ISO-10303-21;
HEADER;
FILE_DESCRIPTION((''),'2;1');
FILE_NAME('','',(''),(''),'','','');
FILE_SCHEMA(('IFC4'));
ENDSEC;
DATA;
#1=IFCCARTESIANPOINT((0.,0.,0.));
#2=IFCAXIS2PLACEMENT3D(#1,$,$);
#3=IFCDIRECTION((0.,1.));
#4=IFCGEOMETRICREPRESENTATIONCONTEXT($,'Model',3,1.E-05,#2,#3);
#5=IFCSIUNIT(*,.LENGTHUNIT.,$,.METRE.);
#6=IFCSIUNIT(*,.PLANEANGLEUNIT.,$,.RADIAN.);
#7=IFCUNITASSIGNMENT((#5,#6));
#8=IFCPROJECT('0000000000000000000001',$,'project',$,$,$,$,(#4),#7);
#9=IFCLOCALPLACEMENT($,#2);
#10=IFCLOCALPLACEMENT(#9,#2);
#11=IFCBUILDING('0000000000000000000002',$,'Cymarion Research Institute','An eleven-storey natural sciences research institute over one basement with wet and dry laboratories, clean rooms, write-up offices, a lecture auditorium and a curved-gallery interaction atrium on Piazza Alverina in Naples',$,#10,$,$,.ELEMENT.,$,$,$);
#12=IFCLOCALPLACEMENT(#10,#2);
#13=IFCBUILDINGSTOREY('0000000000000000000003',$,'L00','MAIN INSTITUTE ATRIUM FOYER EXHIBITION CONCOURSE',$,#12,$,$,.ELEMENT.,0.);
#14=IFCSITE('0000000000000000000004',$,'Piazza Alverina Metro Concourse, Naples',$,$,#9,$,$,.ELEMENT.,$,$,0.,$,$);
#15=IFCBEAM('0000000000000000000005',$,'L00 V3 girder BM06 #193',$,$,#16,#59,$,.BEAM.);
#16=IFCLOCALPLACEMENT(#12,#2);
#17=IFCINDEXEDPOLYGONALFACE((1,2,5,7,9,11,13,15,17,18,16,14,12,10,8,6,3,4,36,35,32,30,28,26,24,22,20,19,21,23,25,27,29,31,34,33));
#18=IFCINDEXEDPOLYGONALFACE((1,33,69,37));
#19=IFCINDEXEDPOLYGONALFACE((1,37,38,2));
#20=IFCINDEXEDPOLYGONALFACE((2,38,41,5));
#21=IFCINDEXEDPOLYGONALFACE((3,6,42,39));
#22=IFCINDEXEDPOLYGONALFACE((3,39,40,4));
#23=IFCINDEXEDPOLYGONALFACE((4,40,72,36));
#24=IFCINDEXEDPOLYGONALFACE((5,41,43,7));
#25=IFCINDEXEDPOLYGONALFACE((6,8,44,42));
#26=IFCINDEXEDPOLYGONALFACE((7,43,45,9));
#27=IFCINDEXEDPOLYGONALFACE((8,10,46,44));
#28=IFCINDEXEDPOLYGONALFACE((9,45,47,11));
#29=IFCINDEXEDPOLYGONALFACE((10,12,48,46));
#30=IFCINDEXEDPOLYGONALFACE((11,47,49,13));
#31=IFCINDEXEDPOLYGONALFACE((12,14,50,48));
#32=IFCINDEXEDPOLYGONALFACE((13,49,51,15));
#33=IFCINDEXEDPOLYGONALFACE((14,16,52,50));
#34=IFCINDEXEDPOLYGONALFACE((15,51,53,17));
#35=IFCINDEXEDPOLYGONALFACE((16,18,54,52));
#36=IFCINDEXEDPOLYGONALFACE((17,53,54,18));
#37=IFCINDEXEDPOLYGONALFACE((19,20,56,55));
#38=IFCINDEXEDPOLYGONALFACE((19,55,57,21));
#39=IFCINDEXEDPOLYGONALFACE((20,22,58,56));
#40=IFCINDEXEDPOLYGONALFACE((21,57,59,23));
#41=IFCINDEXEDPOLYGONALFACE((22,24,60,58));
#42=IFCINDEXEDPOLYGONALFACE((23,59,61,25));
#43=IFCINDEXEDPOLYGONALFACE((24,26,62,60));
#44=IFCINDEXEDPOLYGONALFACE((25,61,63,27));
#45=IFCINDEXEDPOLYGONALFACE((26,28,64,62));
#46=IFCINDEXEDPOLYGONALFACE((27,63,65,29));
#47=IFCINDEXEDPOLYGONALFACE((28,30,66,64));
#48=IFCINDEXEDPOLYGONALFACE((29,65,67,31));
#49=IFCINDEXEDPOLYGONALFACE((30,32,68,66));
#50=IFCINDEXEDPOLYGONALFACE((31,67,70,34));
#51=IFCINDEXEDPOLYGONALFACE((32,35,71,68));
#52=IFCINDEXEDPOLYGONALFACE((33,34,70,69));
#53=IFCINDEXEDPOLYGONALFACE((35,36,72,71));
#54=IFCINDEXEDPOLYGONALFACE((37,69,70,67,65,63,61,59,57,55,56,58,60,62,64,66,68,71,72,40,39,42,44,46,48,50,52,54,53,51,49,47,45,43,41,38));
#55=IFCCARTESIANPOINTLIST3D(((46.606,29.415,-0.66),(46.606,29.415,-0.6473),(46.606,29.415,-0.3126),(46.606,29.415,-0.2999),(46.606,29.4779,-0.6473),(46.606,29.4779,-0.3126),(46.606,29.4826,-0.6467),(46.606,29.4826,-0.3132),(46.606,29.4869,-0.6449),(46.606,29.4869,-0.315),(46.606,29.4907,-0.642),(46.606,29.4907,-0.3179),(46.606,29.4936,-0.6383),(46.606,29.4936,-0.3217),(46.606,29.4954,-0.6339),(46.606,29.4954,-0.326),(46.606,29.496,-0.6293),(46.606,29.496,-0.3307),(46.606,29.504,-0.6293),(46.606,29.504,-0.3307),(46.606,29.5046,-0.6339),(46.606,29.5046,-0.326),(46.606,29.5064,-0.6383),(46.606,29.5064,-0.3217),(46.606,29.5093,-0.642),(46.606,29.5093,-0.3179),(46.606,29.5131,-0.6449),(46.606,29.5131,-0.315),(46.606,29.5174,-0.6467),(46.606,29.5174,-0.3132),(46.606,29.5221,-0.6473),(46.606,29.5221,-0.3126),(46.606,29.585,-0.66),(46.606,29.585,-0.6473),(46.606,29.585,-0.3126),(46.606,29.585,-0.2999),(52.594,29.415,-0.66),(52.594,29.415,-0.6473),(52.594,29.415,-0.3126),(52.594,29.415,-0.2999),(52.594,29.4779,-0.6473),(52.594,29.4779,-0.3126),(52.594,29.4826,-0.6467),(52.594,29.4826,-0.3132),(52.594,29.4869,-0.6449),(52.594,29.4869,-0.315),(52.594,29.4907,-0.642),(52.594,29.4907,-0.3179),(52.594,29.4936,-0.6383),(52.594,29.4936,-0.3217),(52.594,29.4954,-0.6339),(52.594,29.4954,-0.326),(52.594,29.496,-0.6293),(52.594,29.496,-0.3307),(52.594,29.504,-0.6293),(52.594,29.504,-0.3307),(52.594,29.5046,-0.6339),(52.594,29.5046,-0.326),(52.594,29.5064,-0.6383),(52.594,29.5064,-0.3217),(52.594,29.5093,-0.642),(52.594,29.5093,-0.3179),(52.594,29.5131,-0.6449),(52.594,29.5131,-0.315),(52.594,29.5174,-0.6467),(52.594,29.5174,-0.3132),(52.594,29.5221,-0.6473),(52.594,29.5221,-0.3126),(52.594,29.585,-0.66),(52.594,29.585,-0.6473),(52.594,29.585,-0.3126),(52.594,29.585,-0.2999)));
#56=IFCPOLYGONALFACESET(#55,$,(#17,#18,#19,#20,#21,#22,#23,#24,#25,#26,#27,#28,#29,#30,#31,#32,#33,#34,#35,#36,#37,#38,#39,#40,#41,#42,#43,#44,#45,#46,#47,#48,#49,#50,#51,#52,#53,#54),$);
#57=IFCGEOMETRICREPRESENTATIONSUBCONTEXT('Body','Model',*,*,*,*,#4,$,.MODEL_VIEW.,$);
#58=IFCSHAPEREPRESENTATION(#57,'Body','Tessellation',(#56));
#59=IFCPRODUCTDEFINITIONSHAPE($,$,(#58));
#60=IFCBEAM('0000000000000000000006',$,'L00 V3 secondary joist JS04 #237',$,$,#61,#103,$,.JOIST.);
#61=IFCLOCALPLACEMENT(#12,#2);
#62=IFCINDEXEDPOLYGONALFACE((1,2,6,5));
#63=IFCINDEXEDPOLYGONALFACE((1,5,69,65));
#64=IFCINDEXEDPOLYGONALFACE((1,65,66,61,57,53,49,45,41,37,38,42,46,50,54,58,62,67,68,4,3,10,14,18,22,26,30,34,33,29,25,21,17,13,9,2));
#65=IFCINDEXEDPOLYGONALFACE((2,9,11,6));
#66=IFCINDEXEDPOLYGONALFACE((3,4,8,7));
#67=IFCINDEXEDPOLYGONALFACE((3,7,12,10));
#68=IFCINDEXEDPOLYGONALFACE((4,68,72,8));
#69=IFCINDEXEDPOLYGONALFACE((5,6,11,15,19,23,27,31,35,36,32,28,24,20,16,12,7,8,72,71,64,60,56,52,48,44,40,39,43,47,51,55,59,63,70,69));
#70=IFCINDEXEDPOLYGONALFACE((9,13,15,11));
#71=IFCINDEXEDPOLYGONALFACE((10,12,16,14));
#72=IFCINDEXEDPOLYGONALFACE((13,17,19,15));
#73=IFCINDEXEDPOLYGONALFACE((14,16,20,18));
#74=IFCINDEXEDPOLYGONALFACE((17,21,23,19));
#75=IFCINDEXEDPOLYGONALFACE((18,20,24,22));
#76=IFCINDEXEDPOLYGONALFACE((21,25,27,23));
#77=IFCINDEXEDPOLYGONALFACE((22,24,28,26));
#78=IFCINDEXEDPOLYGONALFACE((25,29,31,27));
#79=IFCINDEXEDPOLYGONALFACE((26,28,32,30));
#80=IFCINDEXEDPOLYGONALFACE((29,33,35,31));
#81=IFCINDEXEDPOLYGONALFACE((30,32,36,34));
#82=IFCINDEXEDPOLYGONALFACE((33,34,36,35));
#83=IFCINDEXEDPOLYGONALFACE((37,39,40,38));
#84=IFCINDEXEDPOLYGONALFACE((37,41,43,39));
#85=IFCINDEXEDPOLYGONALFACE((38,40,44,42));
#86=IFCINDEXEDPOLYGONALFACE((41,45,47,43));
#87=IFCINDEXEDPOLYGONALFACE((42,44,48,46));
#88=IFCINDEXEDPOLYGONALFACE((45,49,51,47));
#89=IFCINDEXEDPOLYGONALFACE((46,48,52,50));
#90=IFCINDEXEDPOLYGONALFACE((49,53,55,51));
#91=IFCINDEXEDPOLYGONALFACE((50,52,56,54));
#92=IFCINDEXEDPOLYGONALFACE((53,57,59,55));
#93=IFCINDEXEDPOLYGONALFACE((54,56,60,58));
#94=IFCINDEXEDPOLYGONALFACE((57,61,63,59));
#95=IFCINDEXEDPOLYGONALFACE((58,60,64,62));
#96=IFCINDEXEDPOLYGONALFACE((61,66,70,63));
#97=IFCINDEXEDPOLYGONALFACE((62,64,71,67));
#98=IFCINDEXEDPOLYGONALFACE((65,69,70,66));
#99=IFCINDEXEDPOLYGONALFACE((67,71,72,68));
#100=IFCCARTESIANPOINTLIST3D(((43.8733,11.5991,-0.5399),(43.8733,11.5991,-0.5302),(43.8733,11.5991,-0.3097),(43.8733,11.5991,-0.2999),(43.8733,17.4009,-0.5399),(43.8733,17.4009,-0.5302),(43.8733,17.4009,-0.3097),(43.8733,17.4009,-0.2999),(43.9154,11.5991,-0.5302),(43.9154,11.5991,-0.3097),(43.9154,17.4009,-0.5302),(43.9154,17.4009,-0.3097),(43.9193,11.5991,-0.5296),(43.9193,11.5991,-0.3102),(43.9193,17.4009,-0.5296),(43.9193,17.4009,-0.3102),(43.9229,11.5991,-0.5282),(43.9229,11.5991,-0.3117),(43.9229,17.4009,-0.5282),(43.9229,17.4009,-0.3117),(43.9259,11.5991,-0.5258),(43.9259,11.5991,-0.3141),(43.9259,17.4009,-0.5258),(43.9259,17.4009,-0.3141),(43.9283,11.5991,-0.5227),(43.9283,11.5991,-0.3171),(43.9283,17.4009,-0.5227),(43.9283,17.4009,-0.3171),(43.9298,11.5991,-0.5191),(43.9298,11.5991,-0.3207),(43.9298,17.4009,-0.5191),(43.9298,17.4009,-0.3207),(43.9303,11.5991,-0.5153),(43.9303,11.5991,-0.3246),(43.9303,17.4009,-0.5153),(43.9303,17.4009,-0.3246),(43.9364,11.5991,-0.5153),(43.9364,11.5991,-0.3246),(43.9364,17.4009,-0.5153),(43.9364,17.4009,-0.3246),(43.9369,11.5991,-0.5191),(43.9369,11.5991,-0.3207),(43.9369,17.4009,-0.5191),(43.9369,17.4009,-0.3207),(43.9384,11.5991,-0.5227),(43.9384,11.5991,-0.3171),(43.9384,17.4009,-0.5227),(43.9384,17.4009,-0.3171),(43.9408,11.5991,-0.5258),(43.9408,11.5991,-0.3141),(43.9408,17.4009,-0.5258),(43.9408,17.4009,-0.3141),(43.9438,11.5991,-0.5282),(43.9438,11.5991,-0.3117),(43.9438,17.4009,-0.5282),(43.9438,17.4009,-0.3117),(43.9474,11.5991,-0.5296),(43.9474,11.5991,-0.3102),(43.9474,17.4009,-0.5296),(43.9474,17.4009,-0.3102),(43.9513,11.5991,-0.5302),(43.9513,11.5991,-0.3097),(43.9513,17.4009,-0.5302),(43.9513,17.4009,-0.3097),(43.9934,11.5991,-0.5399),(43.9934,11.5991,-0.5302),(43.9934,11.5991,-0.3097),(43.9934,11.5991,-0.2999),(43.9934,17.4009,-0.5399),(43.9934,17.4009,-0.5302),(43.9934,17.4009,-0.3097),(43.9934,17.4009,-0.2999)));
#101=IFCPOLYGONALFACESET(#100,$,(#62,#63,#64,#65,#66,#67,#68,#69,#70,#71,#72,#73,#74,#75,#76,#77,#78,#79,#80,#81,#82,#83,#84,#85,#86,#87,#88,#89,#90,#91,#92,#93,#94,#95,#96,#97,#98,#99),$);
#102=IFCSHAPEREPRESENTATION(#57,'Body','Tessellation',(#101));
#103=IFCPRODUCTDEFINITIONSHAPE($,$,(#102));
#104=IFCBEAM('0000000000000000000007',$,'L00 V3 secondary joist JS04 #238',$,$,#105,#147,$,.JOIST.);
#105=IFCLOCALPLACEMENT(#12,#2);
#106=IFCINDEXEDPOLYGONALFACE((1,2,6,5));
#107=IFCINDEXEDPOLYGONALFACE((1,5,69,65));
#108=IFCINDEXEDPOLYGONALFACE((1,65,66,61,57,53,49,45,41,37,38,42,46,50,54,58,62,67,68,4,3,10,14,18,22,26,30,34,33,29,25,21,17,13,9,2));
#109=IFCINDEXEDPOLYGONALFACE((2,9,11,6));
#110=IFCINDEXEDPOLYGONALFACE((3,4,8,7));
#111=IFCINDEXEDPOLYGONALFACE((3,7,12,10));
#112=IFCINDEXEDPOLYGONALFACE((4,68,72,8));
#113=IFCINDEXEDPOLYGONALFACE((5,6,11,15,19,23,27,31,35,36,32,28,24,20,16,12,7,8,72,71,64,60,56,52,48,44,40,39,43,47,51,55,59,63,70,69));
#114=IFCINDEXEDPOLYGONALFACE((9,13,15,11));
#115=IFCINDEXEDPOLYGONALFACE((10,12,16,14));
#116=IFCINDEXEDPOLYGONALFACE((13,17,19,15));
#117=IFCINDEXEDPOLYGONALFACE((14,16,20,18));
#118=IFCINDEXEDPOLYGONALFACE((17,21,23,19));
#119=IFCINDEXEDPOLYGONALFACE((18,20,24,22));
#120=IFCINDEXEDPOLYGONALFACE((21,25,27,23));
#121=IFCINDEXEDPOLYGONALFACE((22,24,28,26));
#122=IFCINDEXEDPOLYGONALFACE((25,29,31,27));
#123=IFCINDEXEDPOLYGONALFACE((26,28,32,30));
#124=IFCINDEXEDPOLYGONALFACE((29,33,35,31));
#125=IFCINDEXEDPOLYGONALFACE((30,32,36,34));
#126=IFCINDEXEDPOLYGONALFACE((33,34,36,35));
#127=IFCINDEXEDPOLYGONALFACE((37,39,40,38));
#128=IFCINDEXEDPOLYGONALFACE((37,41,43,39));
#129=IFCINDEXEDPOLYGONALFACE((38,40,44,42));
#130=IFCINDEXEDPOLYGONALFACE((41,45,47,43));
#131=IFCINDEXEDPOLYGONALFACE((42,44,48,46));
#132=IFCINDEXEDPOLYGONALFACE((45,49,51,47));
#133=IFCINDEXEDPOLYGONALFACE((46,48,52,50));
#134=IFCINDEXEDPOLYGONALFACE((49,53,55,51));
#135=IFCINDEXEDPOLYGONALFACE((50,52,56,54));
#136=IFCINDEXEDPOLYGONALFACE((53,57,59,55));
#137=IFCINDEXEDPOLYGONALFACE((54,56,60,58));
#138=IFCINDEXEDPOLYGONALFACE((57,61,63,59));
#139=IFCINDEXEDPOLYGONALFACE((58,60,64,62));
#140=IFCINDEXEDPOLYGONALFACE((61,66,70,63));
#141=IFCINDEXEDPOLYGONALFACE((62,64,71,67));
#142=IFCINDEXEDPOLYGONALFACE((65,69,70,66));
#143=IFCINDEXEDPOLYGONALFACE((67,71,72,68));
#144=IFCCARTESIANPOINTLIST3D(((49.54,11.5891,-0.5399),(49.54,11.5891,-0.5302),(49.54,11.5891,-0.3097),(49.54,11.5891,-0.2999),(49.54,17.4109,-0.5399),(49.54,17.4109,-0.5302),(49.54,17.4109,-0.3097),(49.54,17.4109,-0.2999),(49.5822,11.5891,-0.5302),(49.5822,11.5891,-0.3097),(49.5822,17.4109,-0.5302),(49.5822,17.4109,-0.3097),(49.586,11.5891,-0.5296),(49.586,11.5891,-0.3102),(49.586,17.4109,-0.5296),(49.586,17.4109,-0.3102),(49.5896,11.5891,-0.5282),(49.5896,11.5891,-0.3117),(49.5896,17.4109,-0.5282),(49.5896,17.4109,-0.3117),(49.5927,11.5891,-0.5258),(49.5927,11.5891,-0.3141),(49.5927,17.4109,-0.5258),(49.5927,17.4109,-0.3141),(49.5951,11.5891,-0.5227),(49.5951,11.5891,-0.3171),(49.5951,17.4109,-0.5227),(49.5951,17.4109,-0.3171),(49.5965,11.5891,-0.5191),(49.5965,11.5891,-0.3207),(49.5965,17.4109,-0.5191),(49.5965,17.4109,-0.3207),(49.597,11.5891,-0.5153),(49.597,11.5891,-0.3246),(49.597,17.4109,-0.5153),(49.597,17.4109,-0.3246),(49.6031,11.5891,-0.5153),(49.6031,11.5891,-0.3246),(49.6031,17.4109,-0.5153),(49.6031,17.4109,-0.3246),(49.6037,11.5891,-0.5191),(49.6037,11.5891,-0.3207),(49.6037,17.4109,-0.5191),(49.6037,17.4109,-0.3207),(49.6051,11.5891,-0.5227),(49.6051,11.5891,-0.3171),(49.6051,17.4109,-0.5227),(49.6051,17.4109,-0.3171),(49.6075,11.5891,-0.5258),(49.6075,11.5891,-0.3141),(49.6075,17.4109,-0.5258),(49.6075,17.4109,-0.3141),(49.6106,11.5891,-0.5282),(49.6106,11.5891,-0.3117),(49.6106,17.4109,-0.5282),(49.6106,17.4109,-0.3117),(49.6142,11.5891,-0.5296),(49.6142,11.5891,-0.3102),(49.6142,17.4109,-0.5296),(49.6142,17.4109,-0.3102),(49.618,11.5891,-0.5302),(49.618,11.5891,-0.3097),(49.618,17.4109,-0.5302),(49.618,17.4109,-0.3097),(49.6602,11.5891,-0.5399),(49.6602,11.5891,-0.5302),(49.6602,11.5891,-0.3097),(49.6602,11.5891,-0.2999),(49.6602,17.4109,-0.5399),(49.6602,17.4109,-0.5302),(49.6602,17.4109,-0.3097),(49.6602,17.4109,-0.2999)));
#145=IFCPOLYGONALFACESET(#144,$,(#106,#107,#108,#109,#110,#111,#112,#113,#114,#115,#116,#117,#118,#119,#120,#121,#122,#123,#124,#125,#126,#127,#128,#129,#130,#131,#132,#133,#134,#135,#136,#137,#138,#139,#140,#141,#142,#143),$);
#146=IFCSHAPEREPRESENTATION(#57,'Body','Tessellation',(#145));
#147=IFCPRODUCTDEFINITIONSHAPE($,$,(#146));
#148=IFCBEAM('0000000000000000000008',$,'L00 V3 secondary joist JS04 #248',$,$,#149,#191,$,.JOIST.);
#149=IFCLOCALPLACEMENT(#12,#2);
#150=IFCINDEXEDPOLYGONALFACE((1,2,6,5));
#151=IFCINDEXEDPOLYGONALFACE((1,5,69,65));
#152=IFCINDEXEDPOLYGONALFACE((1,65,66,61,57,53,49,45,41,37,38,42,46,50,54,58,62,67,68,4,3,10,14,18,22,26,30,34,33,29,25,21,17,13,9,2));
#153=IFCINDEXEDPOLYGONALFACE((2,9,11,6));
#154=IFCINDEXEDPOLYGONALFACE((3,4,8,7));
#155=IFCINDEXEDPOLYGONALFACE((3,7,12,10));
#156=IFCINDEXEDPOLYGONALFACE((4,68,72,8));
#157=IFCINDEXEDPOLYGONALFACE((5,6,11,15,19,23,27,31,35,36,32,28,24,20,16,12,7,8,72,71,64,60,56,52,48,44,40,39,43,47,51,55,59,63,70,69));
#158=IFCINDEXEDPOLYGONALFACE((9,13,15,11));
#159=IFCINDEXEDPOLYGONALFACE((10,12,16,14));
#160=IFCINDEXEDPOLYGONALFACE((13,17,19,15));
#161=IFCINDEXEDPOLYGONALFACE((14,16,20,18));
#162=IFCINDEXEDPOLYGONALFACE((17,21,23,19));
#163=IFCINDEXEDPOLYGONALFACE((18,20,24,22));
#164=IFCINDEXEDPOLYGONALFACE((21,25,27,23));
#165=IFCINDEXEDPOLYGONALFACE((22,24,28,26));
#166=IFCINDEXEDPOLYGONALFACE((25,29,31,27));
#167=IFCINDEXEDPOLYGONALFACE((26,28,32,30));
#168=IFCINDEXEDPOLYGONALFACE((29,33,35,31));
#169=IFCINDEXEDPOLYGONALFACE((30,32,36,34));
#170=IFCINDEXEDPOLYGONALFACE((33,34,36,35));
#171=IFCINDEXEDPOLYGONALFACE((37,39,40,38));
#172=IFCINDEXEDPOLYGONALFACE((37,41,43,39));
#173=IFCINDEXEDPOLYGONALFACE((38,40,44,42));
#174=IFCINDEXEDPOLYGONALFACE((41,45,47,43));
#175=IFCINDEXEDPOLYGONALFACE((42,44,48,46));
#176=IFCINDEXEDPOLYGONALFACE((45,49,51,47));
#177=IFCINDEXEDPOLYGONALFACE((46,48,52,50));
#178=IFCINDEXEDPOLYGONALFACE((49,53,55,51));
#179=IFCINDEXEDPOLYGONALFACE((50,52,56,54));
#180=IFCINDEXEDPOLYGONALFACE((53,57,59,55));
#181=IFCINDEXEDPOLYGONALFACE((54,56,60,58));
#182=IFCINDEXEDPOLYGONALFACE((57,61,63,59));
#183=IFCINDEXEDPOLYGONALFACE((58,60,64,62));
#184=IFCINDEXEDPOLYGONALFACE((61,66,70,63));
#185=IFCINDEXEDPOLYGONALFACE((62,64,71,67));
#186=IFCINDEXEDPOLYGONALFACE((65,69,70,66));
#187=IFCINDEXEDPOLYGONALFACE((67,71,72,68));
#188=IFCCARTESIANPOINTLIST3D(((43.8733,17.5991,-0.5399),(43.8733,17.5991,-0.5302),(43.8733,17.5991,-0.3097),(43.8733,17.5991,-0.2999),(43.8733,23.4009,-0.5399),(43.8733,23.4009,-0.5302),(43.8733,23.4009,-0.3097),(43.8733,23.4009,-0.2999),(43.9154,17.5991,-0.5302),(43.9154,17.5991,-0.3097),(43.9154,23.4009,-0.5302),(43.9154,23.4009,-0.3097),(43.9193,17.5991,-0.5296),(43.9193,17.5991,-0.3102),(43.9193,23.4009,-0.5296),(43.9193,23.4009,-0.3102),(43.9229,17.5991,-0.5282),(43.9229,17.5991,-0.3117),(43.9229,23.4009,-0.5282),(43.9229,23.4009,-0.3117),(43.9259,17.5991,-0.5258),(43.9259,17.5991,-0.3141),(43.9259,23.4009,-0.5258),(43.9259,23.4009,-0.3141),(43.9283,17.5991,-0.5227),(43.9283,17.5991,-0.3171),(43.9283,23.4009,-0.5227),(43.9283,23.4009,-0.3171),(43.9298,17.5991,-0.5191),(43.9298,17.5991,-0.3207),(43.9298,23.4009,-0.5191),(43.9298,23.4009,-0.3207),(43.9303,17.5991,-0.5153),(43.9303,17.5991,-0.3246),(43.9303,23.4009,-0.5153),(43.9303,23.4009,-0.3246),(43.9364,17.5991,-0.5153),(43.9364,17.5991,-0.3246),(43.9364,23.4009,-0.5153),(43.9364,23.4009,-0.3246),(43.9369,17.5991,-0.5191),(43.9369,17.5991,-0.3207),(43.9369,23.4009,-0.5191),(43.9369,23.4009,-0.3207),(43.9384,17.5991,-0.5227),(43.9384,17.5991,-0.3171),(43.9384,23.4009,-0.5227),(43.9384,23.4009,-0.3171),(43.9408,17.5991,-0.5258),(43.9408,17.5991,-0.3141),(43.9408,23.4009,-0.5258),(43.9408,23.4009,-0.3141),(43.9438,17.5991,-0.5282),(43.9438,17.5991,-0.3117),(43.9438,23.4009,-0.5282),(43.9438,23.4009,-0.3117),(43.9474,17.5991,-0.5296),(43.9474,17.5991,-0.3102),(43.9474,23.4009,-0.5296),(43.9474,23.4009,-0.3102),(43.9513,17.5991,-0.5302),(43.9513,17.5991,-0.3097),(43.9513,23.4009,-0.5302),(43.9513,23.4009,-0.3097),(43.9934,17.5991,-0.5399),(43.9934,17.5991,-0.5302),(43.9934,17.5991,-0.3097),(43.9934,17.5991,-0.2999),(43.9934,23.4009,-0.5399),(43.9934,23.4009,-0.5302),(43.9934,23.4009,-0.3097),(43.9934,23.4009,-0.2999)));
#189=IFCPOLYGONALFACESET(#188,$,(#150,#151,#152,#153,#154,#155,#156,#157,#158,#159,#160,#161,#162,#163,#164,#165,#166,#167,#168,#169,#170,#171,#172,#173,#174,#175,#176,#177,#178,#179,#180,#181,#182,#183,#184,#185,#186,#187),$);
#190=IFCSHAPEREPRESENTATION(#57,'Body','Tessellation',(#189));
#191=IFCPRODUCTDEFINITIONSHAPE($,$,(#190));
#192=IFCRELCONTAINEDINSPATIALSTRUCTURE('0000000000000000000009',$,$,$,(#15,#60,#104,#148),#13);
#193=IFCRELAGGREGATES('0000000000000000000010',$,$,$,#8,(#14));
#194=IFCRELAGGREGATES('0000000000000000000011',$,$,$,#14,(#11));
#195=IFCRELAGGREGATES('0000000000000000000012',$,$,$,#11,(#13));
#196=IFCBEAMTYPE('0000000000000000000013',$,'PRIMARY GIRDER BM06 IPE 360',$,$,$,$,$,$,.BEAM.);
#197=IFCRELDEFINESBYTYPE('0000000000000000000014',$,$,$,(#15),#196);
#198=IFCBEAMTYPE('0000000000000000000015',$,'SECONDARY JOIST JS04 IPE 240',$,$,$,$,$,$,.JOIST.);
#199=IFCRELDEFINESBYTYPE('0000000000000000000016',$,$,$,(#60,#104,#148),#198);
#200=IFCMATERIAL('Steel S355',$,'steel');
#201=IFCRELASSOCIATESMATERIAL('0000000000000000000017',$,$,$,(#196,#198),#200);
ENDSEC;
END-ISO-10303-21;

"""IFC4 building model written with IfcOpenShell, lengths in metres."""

from ifc_helpers import new_model, si_unit, direction, frame, origin, origin_2d, place, context, subcontext, project, spatial, i_section, extrude, material, material_profile, profile_set, type_object, element, save


model = new_model("IFC4")

# Units and contexts
model_context = context("Model", 3, precision=1e-05, world=origin(), true_north=direction((0.0, 1.0)))
body_context = subcontext(model_context, "Body", "Model", "MODEL_VIEW")
ifc_project = project(units=[si_unit("LENGTHUNIT", "METRE"), si_unit("PLANEANGLEUNIT", "RADIAN")], contexts=[model_context])

# Site, building, storey
site_placement = place(None, origin())
site = spatial("IfcSite", under=ifc_project, at=site_placement, Name="Piazza Alverina Metro Concourse, Naples", CompositionType="ELEMENT", RefElevation=0.0)
building_placement = place(site_placement, origin())
building = spatial("IfcBuilding", under=site, at=building_placement, Name="Cymarion Research Institute", Description="An eleven-storey natural sciences research institute over one basement with wet and dry laboratories, clean rooms, write-up offices, a lecture auditorium and a curved-gallery interaction atrium on Piazza Alverina in Naples", CompositionType="ELEMENT")
storey_placement = place(building_placement, origin())
storey = spatial("IfcBuildingStorey", under=building, at=storey_placement, Name="L00", Description="MAIN INSTITUTE ATRIUM FOYER EXHIBITION CONCOURSE", CompositionType="ELEMENT", Elevation=0.0)

# Shared definitions
ifc_material_1 = material(Name="Steel S355", Category="steel")

# Beams
ifc_material_profile_1 = material_profile(ifc_material_1, i_section(OverallWidth=0.1699, OverallDepth=0.3601, WebThickness=0.0081, FlangeThickness=0.0127, FilletRadius=0.0181, at=origin_2d()), Name="IPE 360")
ifc_profile_set_1 = profile_set([ifc_material_profile_1], Name="Steel S355")
beam_type_1 = type_object("IfcBeamType", Name="PRIMARY GIRDER BM06 IPE 360", PredefinedType="BEAM", material=ifc_profile_set_1)
for number, where, z_axis, x_axis, name in (
    (1, (46.606, 29.5, -0.48), (1.0, 0.0, 0.0), (0.0, 1.0, 0.0), "L00 V3 girder BM06 #193"),
):
    element("IfcBeam", number, at=place(storey_placement, frame(where, z_axis=z_axis, x_axis=x_axis)), inside=storey, type_object=beam_type_1, Name=name, PredefinedType="BEAM", context=body_context, shape_type="SweptSolid", body=[
        extrude(i_section(OverallWidth=0.1699, OverallDepth=0.3601, WebThickness=0.0081, FlangeThickness=0.0127, FilletRadius=0.0181, at=origin_2d()), origin(), (0.0, 0.0, 1.0), 5.988),
    ])
ifc_material_profile_2 = material_profile(ifc_material_1, i_section(OverallWidth=0.1201, OverallDepth=0.24, WebThickness=0.0061, FlangeThickness=0.0098, FilletRadius=0.0149, at=origin_2d()), Name="IPE 240")
ifc_profile_set_2 = profile_set([ifc_material_profile_2], Name="Steel S355")
beam_type_2 = type_object("IfcBeamType", Name="SECONDARY JOIST JS04 IPE 240", PredefinedType="JOIST", material=ifc_profile_set_2)
beam_1_placement = place(storey_placement, frame((43.9333, 11.5991, -0.4199), z_axis=(0.0, 1.0, 0.0), x_axis=(-1.0, 0.0, 0.0)))
element("IfcBeam", 2, at=beam_1_placement, inside=storey, type_object=beam_type_2, Name="L00 V3 secondary joist JS04 #237", PredefinedType="JOIST", context=body_context, shape_type="SweptSolid", body=[
    extrude(i_section(OverallWidth=0.1201, OverallDepth=0.24, WebThickness=0.0061, FlangeThickness=0.0098, FilletRadius=0.0149, at=origin_2d()), origin(), (0.0, 0.0, 1.0), 5.8018),
])
beam_2_placement = place(storey_placement, frame((49.6001, 11.5891, -0.4199), z_axis=(0.0, 1.0, 0.0), x_axis=(-1.0, 0.0, 0.0)))
element("IfcBeam", 3, at=beam_2_placement, inside=storey, type_object=beam_type_2, Name="L00 V3 secondary joist JS04 #238", PredefinedType="JOIST", context=body_context, shape_type="SweptSolid", body=[
    extrude(i_section(OverallWidth=0.1201, OverallDepth=0.24, WebThickness=0.0061, FlangeThickness=0.0098, FilletRadius=0.0149, at=origin_2d()), origin(), (0.0, 0.0, 1.0), 5.8218),
])
beam_3_placement = place(storey_placement, frame((43.9333, 17.5991, -0.4199), z_axis=(0.0, 1.0, 0.0), x_axis=(-1.0, 0.0, 0.0)))
element("IfcBeam", 4, at=beam_3_placement, inside=storey, type_object=beam_type_2, Name="L00 V3 secondary joist JS04 #248", PredefinedType="JOIST", context=body_context, shape_type="SweptSolid", body=[
    extrude(i_section(OverallWidth=0.1201, OverallDepth=0.24, WebThickness=0.0061, FlangeThickness=0.0098, FilletRadius=0.0149, at=origin_2d()), origin(), (0.0, 0.0, 1.0), 5.8018),
])

save(model, "model.ifc")
